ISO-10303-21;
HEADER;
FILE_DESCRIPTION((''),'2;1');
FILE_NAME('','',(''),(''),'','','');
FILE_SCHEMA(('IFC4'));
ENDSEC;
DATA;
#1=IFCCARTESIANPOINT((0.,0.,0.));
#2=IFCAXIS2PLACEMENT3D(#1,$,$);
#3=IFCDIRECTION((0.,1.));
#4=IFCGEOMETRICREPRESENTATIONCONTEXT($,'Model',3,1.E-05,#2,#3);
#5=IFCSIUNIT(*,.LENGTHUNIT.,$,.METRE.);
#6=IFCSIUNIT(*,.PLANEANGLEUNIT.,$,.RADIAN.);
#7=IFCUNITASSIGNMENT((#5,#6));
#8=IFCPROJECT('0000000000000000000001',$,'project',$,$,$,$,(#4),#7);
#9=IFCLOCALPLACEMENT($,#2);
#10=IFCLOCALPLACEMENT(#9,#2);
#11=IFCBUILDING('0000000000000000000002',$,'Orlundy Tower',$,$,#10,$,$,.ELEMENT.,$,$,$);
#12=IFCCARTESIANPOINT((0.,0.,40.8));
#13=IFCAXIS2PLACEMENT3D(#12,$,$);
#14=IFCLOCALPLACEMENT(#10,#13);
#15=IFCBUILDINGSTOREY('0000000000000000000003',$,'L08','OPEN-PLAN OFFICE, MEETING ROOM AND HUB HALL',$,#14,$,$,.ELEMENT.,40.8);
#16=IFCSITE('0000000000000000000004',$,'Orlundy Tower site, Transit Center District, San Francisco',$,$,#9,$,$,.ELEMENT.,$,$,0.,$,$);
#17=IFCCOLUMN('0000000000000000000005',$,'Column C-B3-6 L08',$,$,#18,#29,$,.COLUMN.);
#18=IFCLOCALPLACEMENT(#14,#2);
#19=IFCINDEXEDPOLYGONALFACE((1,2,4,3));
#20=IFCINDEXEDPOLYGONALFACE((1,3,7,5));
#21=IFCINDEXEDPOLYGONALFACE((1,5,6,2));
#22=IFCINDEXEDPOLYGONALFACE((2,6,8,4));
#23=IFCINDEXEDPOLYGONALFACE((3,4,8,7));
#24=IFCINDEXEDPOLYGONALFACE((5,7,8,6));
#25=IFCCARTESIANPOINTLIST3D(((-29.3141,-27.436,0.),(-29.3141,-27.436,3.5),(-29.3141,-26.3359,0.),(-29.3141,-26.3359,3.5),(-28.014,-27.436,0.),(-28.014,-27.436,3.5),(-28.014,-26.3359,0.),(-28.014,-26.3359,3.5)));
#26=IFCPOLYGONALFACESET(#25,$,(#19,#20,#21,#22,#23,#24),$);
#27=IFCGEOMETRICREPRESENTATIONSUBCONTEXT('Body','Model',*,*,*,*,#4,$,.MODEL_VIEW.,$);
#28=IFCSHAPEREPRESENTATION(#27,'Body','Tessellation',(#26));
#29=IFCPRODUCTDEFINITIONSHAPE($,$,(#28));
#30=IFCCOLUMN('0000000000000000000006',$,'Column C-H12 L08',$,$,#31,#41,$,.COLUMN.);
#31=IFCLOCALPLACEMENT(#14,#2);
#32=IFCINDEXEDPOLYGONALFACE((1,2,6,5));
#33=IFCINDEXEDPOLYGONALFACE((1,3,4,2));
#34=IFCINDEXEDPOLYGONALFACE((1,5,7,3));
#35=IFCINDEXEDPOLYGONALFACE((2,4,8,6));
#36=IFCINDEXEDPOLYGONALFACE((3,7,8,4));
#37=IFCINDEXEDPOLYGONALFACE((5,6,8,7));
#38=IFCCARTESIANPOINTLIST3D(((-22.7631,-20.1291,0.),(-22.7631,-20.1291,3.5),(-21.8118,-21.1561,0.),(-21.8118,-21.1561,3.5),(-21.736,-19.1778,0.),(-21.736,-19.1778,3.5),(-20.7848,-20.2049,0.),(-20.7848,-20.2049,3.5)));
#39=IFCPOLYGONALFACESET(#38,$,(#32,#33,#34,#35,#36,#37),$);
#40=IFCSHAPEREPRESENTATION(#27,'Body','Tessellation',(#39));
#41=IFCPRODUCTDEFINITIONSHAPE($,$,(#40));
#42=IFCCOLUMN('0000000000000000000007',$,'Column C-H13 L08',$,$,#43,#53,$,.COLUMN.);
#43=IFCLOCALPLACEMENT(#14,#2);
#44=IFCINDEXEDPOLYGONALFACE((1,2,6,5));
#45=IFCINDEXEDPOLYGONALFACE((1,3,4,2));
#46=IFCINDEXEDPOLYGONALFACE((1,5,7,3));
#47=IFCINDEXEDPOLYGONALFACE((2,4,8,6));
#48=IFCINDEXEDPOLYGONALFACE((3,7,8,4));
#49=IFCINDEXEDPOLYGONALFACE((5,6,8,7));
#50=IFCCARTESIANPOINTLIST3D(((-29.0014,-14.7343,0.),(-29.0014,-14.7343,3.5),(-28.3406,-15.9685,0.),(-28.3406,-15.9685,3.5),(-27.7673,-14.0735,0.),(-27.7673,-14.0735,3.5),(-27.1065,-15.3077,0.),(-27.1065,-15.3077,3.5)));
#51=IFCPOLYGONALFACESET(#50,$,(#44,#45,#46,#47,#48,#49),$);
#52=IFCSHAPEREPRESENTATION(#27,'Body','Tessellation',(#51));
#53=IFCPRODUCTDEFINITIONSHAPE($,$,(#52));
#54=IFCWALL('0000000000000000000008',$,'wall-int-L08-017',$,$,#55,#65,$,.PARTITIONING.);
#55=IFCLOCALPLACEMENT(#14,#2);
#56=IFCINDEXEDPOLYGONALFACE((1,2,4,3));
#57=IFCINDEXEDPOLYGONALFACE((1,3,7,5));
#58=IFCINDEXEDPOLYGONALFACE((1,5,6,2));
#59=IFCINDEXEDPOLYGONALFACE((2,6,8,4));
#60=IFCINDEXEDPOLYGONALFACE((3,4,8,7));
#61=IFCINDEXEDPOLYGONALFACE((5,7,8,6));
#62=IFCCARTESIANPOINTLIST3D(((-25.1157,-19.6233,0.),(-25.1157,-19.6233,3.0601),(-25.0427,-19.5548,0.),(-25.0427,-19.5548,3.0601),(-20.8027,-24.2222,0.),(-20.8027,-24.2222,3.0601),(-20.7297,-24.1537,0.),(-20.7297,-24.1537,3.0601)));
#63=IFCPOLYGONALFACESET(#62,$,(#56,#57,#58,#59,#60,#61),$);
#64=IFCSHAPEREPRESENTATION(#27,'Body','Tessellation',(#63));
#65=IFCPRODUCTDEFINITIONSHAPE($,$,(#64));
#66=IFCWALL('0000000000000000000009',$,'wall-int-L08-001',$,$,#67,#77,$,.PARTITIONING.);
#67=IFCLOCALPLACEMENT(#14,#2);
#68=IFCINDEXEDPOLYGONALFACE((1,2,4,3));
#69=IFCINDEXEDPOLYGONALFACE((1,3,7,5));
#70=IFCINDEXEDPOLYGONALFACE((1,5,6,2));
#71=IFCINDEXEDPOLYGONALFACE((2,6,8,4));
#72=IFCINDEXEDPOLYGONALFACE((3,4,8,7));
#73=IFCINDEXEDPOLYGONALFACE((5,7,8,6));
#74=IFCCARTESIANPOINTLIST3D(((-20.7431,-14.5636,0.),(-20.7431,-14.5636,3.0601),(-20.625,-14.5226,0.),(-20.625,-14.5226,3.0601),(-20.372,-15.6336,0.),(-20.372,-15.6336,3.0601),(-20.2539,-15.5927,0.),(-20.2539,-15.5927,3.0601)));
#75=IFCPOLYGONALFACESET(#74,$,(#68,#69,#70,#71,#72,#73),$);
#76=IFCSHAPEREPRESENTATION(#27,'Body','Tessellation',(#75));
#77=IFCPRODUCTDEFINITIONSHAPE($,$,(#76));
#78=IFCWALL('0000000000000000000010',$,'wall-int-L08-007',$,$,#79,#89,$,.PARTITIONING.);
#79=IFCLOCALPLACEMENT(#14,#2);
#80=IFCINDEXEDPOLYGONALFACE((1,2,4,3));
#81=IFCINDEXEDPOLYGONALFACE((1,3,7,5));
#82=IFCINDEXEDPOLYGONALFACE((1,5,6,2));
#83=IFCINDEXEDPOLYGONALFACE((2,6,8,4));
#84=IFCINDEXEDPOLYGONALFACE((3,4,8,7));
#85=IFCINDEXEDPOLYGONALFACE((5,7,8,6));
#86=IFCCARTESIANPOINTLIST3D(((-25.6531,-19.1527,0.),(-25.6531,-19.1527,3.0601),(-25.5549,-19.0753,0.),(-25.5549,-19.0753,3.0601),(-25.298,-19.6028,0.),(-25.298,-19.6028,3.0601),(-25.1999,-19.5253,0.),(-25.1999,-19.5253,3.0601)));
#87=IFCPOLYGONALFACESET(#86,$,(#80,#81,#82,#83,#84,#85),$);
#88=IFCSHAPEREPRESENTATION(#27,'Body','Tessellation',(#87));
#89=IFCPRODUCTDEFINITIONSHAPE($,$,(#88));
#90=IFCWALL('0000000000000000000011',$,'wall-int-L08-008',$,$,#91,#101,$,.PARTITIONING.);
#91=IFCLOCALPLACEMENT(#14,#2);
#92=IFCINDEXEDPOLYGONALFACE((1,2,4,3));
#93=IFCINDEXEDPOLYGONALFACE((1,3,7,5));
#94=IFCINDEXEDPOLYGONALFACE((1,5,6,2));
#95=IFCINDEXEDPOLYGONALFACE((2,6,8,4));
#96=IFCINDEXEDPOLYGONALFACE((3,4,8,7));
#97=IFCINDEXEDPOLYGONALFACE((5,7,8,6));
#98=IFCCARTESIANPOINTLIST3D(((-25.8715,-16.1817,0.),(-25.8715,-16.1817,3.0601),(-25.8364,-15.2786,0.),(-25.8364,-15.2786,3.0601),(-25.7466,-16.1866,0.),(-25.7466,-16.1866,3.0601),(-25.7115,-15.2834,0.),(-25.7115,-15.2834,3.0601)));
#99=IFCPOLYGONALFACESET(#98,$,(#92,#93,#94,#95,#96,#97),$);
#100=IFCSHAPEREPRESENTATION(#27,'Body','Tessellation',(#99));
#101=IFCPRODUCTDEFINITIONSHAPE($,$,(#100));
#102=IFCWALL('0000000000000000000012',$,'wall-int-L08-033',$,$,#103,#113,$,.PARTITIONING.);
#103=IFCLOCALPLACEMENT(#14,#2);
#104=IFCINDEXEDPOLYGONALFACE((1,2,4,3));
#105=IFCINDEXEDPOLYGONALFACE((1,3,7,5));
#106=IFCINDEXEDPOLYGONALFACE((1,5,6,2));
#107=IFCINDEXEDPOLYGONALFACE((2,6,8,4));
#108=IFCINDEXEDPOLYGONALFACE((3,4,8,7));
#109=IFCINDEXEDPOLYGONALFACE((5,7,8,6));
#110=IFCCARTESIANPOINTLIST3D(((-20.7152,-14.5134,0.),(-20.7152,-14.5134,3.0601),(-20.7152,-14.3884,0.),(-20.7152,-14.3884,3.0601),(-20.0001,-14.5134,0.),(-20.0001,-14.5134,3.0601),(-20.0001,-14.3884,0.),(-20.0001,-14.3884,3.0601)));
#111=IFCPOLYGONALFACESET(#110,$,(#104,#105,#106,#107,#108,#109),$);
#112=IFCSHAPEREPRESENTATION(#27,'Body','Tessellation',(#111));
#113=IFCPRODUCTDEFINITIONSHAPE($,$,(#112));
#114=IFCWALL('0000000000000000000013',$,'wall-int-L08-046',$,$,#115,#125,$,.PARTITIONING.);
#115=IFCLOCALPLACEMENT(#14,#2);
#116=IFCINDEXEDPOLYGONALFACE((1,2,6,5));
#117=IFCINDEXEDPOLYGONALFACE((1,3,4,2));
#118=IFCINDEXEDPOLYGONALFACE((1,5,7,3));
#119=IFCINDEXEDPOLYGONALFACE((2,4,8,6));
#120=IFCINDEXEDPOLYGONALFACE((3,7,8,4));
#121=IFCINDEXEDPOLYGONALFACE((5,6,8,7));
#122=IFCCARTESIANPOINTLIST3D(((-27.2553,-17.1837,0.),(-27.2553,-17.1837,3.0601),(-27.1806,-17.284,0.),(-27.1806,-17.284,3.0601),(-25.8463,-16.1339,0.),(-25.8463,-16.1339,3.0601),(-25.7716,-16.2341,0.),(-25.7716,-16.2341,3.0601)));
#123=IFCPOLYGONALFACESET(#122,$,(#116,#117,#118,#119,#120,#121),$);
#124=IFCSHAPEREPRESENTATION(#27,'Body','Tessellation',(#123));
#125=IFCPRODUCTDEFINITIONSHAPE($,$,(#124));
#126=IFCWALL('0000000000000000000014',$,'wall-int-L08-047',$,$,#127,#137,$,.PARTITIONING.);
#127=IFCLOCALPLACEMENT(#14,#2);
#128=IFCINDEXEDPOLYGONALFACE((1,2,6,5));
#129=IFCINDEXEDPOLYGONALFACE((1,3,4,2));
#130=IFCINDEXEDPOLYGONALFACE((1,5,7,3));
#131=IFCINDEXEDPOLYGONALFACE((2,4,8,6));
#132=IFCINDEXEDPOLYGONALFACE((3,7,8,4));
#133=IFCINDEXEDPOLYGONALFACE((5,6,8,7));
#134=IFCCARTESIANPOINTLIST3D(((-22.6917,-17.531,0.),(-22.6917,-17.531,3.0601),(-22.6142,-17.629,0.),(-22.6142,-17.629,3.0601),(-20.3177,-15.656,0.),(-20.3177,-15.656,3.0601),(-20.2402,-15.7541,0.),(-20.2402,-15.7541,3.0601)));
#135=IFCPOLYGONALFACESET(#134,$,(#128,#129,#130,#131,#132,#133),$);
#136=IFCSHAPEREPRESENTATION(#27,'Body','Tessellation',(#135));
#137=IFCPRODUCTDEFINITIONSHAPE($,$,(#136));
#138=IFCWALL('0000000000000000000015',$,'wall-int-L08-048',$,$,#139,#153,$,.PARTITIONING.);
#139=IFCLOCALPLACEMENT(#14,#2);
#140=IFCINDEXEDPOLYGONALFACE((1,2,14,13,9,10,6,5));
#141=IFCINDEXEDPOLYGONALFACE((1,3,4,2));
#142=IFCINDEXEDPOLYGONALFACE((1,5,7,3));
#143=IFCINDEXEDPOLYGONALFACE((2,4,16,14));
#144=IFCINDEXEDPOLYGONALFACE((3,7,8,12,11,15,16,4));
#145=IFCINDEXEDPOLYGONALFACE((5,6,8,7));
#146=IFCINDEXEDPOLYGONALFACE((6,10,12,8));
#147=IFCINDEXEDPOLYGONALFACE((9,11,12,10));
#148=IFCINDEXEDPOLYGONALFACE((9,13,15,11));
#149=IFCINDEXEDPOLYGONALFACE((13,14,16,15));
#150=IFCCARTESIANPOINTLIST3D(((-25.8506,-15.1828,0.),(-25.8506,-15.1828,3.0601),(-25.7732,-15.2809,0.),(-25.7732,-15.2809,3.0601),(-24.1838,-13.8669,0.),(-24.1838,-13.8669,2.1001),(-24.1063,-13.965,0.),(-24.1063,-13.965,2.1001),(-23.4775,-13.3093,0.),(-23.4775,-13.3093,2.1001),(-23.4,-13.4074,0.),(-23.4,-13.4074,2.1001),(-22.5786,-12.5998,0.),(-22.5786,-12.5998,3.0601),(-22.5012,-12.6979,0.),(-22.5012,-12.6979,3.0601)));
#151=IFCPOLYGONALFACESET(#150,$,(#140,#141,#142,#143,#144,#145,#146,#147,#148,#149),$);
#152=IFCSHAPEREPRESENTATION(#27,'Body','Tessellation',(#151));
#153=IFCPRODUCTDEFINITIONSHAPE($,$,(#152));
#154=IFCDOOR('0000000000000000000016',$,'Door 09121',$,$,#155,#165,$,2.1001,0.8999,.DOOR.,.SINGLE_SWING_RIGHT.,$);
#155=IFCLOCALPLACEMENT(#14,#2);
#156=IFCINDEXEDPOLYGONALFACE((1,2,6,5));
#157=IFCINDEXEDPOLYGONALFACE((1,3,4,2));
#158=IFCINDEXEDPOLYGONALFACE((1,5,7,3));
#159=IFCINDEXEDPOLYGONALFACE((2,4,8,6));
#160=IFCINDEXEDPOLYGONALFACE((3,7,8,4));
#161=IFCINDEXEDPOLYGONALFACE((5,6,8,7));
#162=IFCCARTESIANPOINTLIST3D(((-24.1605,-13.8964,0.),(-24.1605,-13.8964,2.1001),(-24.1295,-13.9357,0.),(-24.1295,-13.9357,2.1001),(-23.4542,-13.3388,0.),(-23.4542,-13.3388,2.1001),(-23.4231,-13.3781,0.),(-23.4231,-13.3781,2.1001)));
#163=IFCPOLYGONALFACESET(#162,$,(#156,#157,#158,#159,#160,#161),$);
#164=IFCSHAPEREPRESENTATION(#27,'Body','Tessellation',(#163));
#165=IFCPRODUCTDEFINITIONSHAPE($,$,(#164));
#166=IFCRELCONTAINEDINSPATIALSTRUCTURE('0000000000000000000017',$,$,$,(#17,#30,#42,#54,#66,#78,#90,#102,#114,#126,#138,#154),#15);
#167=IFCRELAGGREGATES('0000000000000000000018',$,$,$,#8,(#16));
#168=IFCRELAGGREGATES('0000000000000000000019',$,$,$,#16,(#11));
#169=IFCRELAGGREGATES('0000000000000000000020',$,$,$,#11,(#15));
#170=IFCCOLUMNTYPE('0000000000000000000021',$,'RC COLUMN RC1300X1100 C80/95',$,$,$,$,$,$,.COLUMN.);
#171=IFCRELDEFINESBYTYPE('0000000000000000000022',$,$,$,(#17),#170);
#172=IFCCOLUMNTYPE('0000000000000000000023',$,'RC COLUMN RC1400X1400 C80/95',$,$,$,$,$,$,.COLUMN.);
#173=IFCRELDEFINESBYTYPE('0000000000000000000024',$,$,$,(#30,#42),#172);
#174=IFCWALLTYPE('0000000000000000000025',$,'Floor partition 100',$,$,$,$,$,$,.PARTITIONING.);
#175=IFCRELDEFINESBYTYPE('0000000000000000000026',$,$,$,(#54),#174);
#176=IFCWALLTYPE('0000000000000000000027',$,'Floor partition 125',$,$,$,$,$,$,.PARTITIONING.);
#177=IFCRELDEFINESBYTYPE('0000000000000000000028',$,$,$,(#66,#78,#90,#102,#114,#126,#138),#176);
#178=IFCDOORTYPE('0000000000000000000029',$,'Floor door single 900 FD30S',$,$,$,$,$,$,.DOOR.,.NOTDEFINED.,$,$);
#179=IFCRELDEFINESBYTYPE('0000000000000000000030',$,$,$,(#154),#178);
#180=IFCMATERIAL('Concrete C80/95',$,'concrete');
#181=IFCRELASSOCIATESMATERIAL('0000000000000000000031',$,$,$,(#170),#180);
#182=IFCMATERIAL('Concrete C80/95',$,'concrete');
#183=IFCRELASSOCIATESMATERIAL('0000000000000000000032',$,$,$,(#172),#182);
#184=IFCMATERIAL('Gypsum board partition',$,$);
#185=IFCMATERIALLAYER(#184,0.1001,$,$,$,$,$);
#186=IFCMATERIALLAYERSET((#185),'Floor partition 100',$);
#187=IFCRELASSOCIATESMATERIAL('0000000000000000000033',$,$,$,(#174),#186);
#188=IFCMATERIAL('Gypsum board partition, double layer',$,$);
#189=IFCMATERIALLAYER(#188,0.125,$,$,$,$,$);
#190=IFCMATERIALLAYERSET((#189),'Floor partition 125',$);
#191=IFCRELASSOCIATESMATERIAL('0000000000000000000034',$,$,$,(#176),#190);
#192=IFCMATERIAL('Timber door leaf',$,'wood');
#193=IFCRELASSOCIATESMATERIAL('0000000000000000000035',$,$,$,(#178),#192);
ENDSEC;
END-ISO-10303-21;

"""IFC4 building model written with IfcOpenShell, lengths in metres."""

from ifc_helpers import new_model, si_unit, direction, frame, frame_2d, origin, origin_2d, place, context, subcontext, project, spatial, rectangle, extrude, material, layer, layer_set, material_profile, profile_set, type_object, element, fill, save


model = new_model("IFC4")

# Units and contexts
model_context = context("Model", 3, precision=1e-05, world=origin(), true_north=direction((0.0, 1.0)))
body_context = subcontext(model_context, "Body", "Model", "MODEL_VIEW")
ifc_project = project(units=[si_unit("LENGTHUNIT", "METRE"), si_unit("PLANEANGLEUNIT", "RADIAN")], contexts=[model_context])

# Site, building, storey
site_placement = place(None, origin())
site = spatial("IfcSite", under=ifc_project, at=site_placement, Name="Orlundy Tower site, Transit Center District, San Francisco", CompositionType="ELEMENT", RefElevation=0.0)
building_placement = place(site_placement, origin())
building = spatial("IfcBuilding", under=site, at=building_placement, Name="Orlundy Tower", CompositionType="ELEMENT")
storey_placement = place(building_placement, frame((0.0, 0.0, 40.8)))
storey = spatial("IfcBuildingStorey", under=building, at=storey_placement, Name="L08", Description="OPEN-PLAN OFFICE, MEETING ROOM AND HUB HALL", CompositionType="ELEMENT", Elevation=40.8)

# Columns
ifc_material_1 = material(Name="Concrete C80/95", Category="concrete")
ifc_material_profile_1 = material_profile(ifc_material_1, rectangle(XDim=1.3, YDim=1.1001, at=origin_2d()), Name="RC1300X1100")
ifc_profile_set_1 = profile_set([ifc_material_profile_1], Name="Concrete C80/95")
column_type_1 = type_object("IfcColumnType", Name="RC COLUMN RC1300X1100 C80/95", PredefinedType="COLUMN", material=ifc_profile_set_1)
column_placement = place(storey_placement, frame((-28.6641, -26.886, 0.0), z_axis=(0.0, 0.0, 1.0), x_axis=(1.0, 0.0, 0.0)))
element("IfcColumn", 1, at=column_placement, inside=storey, type_object=column_type_1, Name="Column C-B3-6 L08", PredefinedType="COLUMN", context=body_context, shape_type="SweptSolid", body=[
    extrude(rectangle(XDim=1.3, YDim=1.1001, at=origin_2d()), origin(), (0.0, 0.0, 1.0), 3.5),
])
ifc_material_2 = material(Name="Concrete C80/95", Category="concrete")
ifc_material_profile_2 = material_profile(ifc_material_2, rectangle(XDim=1.3999, YDim=1.3999, at=origin_2d()), Name="RC1400X1400")
ifc_profile_set_2 = profile_set([ifc_material_profile_2], Name="Concrete C80/95")
column_type_2 = type_object("IfcColumnType", Name="RC COLUMN RC1400X1400 C80/95", PredefinedType="COLUMN", material=ifc_profile_set_2)
for number, where, z_axis, x_axis, name in (
    (2, (-21.7739, -20.167, 0.0), (0.0, 0.0, 1.0), (-0.733659, -0.679518, 0.0), "Column C-H12 L08"),
    (3, (-28.054, -15.021, 0.0), (0.0, 0.0, 1.0), (-0.881584, -0.472028, 0.0), "Column C-H13 L08"),
):
    element("IfcColumn", number, at=place(storey_placement, frame(where, z_axis=z_axis, x_axis=x_axis)), inside=storey, type_object=column_type_2, Name=name, PredefinedType="COLUMN", context=body_context, shape_type="SweptSolid", body=[
        extrude(rectangle(XDim=1.3999, YDim=1.3999, at=origin_2d()), origin(), (0.0, 0.0, 1.0), 3.5),
    ])

# Walls
ifc_material_3 = material(Name="Gypsum board partition")
ifc_layer_1 = layer(ifc_material_3, 0.1001)
ifc_layer_set_1 = layer_set([ifc_layer_1], Name="Floor partition 100")
wall_type_1 = type_object("IfcWallType", Name="Floor partition 100", PredefinedType="PARTITIONING", material=ifc_layer_set_1)
wall_1_placement = place(storey_placement, frame((-25.0791, -19.5891, 0.0), z_axis=(0.0, 0.0, 1.0), x_axis=(0.684071, -0.729415, 0.0)))
element("IfcWall", 4, at=wall_1_placement, inside=storey, type_object=wall_type_1, Name="wall-int-L08-017", PredefinedType="PARTITIONING", context=body_context, shape_type="SweptSolid", body=[
    extrude(rectangle(XDim=6.3049, YDim=0.1001, at=frame_2d((3.1523, 0.0))), origin(), (0.0, 0.0, 1.0), 3.0601),
])
ifc_material_4 = material(Name="Gypsum board partition, double layer")
ifc_layer_2 = layer(ifc_material_4, 0.125)
ifc_layer_set_2 = layer_set([ifc_layer_2], Name="Floor partition 125")
wall_type_2 = type_object("IfcWallType", Name="Floor partition 125", PredefinedType="PARTITIONING", material=ifc_layer_set_2)
wall_2_placement = place(storey_placement, frame((-20.6841, -14.543, 0.0), z_axis=(0.0, 0.0, 1.0), x_axis=(0.327651, -0.944799, 0.0)))
element("IfcWall", 5, at=wall_2_placement, inside=storey, type_object=wall_type_2, Name="wall-int-L08-001", PredefinedType="PARTITIONING", context=body_context, shape_type="SweptSolid", body=[
    extrude(rectangle(XDim=1.1326, YDim=0.125, at=frame_2d((0.5664, 0.0))), origin(), (0.0, 0.0, 1.0), 3.0601),
])
wall_3_placement = place(storey_placement, frame((-25.604, -19.114, 0.0), z_axis=(0.0, 0.0, 1.0), x_axis=(0.619382, -0.78509, 0.0)))
element("IfcWall", 6, at=wall_3_placement, inside=storey, type_object=wall_type_2, Name="wall-int-L08-007", PredefinedType="PARTITIONING", context=body_context, shape_type="SweptSolid", body=[
    extrude(rectangle(XDim=0.5732, YDim=0.125, at=frame_2d((0.2866, 0.0))), origin(), (0.0, 0.0, 1.0), 3.0601),
])
wall_4_placement = place(storey_placement, frame((-25.7739, -15.281, 0.0), z_axis=(0.0, 0.0, 1.0), x_axis=(-0.0389, -0.999243, 0.0)))
element("IfcWall", 7, at=wall_4_placement, inside=storey, type_object=wall_type_2, Name="wall-int-L08-008", PredefinedType="PARTITIONING", context=body_context, shape_type="SweptSolid", body=[
    extrude(rectangle(XDim=0.9038, YDim=0.125, at=frame_2d((0.4519, 0.0))), origin(), (0.0, 0.0, 1.0), 3.0601),
])
wall_5_placement = place(storey_placement, frame((-20.7151, -14.4509, 0.0), z_axis=(0.0, 0.0, 1.0), x_axis=(1.0, 0.0, 0.0)))
element("IfcWall", 8, at=wall_5_placement, inside=storey, type_object=wall_type_2, Name="wall-int-L08-033", PredefinedType="PARTITIONING", context=body_context, shape_type="SweptSolid", body=[
    extrude(rectangle(XDim=0.7151, YDim=0.125, at=frame_2d((0.3574, 0.0))), origin(), (0.0, 0.0, 1.0), 3.0601),
])
wall_6_placement = place(storey_placement, frame((-25.8091, -16.1841, 0.0), z_axis=(0.0, 0.0, 1.0), x_axis=(-0.80188, -0.597485, 0.0)))
element("IfcWall", 9, at=wall_6_placement, inside=storey, type_object=wall_type_2, Name="wall-int-L08-046", PredefinedType="PARTITIONING", context=body_context, shape_type="SweptSolid", body=[
    extrude(rectangle(XDim=1.7571, YDim=0.125, at=frame_2d((0.8784, 0.0))), origin(), (0.0, 0.0, 1.0), 3.0601),
])
wall_7_placement = place(storey_placement, frame((-22.6531, -17.5801, 0.0), z_axis=(0.0, 0.0, 1.0), x_axis=(0.784759, 0.619801, 0.0)))
element("IfcWall", 10, at=wall_7_placement, inside=storey, type_object=wall_type_2, Name="wall-int-L08-047", PredefinedType="PARTITIONING", context=body_context, shape_type="SweptSolid", body=[
    extrude(rectangle(XDim=3.0251, YDim=0.125, at=frame_2d((1.5127, 0.0))), origin(), (0.0, 0.0, 1.0), 3.0601),
])

# Wall, opening, door
wall_8_placement = place(storey_placement, frame((-25.812, -15.2319, 0.0), z_axis=(0.0, 0.0, 1.0), x_axis=(0.784898, 0.619625, 0.0)))
wall_8 = element("IfcWall", 11, at=wall_8_placement, inside=storey, type_object=wall_type_2, Name="wall-int-L08-048", PredefinedType="PARTITIONING", context=body_context, shape_type="SweptSolid", body=[
    extrude(rectangle(XDim=4.1687, YDim=0.125, at=frame_2d((2.0845, 0.0))), origin(), (0.0, 0.0, 1.0), 3.0601),
])
opening_1_placement = place(wall_8_placement, frame((2.1238, 0.0, 0.0)))
opening_1 = element("IfcOpeningElement", 12, at=opening_1_placement, cuts=wall_8, PredefinedType="OPENING", context=body_context, shape_type="SweptSolid", body=[
    extrude(rectangle(XDim=0.8999, YDim=2.1001, at=frame_2d((0.45, 1.05))), frame((0.0, 0.0725, 0.0), z_axis=(0.0, -1.0, 0.0), x_axis=(1.0, 0.0, 0.0)), (0.0, 0.0, 1.0), 0.145),
])
ifc_material_5 = material(Name="Timber door leaf", Category="wood")
door_type_1 = type_object("IfcDoorType", Name="Floor door single 900 FD30S", OperationType="NOTDEFINED", PredefinedType="DOOR", material=ifc_material_5)
door_1_placement = place(opening_1_placement, origin())
door_1 = element("IfcDoor", 13, at=door_1_placement, inside=storey, type_object=door_type_1, Name="Door 09121", OperationType="SINGLE_SWING_RIGHT", OverallHeight=2.1001, OverallWidth=0.8999, PredefinedType="DOOR", context=body_context, shape_type="SweptSolid", body=[
    extrude(rectangle(XDim=0.8999, YDim=2.1001, at=frame_2d((0.45, 1.05))), frame((0.0, 0.0249, 0.0), z_axis=(0.0, -1.0, 0.0), x_axis=(1.0, 0.0, 0.0)), (0.0, 0.0, 1.0), 0.05),
])
fill(opening_1, door_1)

save(model, "model.ifc")
